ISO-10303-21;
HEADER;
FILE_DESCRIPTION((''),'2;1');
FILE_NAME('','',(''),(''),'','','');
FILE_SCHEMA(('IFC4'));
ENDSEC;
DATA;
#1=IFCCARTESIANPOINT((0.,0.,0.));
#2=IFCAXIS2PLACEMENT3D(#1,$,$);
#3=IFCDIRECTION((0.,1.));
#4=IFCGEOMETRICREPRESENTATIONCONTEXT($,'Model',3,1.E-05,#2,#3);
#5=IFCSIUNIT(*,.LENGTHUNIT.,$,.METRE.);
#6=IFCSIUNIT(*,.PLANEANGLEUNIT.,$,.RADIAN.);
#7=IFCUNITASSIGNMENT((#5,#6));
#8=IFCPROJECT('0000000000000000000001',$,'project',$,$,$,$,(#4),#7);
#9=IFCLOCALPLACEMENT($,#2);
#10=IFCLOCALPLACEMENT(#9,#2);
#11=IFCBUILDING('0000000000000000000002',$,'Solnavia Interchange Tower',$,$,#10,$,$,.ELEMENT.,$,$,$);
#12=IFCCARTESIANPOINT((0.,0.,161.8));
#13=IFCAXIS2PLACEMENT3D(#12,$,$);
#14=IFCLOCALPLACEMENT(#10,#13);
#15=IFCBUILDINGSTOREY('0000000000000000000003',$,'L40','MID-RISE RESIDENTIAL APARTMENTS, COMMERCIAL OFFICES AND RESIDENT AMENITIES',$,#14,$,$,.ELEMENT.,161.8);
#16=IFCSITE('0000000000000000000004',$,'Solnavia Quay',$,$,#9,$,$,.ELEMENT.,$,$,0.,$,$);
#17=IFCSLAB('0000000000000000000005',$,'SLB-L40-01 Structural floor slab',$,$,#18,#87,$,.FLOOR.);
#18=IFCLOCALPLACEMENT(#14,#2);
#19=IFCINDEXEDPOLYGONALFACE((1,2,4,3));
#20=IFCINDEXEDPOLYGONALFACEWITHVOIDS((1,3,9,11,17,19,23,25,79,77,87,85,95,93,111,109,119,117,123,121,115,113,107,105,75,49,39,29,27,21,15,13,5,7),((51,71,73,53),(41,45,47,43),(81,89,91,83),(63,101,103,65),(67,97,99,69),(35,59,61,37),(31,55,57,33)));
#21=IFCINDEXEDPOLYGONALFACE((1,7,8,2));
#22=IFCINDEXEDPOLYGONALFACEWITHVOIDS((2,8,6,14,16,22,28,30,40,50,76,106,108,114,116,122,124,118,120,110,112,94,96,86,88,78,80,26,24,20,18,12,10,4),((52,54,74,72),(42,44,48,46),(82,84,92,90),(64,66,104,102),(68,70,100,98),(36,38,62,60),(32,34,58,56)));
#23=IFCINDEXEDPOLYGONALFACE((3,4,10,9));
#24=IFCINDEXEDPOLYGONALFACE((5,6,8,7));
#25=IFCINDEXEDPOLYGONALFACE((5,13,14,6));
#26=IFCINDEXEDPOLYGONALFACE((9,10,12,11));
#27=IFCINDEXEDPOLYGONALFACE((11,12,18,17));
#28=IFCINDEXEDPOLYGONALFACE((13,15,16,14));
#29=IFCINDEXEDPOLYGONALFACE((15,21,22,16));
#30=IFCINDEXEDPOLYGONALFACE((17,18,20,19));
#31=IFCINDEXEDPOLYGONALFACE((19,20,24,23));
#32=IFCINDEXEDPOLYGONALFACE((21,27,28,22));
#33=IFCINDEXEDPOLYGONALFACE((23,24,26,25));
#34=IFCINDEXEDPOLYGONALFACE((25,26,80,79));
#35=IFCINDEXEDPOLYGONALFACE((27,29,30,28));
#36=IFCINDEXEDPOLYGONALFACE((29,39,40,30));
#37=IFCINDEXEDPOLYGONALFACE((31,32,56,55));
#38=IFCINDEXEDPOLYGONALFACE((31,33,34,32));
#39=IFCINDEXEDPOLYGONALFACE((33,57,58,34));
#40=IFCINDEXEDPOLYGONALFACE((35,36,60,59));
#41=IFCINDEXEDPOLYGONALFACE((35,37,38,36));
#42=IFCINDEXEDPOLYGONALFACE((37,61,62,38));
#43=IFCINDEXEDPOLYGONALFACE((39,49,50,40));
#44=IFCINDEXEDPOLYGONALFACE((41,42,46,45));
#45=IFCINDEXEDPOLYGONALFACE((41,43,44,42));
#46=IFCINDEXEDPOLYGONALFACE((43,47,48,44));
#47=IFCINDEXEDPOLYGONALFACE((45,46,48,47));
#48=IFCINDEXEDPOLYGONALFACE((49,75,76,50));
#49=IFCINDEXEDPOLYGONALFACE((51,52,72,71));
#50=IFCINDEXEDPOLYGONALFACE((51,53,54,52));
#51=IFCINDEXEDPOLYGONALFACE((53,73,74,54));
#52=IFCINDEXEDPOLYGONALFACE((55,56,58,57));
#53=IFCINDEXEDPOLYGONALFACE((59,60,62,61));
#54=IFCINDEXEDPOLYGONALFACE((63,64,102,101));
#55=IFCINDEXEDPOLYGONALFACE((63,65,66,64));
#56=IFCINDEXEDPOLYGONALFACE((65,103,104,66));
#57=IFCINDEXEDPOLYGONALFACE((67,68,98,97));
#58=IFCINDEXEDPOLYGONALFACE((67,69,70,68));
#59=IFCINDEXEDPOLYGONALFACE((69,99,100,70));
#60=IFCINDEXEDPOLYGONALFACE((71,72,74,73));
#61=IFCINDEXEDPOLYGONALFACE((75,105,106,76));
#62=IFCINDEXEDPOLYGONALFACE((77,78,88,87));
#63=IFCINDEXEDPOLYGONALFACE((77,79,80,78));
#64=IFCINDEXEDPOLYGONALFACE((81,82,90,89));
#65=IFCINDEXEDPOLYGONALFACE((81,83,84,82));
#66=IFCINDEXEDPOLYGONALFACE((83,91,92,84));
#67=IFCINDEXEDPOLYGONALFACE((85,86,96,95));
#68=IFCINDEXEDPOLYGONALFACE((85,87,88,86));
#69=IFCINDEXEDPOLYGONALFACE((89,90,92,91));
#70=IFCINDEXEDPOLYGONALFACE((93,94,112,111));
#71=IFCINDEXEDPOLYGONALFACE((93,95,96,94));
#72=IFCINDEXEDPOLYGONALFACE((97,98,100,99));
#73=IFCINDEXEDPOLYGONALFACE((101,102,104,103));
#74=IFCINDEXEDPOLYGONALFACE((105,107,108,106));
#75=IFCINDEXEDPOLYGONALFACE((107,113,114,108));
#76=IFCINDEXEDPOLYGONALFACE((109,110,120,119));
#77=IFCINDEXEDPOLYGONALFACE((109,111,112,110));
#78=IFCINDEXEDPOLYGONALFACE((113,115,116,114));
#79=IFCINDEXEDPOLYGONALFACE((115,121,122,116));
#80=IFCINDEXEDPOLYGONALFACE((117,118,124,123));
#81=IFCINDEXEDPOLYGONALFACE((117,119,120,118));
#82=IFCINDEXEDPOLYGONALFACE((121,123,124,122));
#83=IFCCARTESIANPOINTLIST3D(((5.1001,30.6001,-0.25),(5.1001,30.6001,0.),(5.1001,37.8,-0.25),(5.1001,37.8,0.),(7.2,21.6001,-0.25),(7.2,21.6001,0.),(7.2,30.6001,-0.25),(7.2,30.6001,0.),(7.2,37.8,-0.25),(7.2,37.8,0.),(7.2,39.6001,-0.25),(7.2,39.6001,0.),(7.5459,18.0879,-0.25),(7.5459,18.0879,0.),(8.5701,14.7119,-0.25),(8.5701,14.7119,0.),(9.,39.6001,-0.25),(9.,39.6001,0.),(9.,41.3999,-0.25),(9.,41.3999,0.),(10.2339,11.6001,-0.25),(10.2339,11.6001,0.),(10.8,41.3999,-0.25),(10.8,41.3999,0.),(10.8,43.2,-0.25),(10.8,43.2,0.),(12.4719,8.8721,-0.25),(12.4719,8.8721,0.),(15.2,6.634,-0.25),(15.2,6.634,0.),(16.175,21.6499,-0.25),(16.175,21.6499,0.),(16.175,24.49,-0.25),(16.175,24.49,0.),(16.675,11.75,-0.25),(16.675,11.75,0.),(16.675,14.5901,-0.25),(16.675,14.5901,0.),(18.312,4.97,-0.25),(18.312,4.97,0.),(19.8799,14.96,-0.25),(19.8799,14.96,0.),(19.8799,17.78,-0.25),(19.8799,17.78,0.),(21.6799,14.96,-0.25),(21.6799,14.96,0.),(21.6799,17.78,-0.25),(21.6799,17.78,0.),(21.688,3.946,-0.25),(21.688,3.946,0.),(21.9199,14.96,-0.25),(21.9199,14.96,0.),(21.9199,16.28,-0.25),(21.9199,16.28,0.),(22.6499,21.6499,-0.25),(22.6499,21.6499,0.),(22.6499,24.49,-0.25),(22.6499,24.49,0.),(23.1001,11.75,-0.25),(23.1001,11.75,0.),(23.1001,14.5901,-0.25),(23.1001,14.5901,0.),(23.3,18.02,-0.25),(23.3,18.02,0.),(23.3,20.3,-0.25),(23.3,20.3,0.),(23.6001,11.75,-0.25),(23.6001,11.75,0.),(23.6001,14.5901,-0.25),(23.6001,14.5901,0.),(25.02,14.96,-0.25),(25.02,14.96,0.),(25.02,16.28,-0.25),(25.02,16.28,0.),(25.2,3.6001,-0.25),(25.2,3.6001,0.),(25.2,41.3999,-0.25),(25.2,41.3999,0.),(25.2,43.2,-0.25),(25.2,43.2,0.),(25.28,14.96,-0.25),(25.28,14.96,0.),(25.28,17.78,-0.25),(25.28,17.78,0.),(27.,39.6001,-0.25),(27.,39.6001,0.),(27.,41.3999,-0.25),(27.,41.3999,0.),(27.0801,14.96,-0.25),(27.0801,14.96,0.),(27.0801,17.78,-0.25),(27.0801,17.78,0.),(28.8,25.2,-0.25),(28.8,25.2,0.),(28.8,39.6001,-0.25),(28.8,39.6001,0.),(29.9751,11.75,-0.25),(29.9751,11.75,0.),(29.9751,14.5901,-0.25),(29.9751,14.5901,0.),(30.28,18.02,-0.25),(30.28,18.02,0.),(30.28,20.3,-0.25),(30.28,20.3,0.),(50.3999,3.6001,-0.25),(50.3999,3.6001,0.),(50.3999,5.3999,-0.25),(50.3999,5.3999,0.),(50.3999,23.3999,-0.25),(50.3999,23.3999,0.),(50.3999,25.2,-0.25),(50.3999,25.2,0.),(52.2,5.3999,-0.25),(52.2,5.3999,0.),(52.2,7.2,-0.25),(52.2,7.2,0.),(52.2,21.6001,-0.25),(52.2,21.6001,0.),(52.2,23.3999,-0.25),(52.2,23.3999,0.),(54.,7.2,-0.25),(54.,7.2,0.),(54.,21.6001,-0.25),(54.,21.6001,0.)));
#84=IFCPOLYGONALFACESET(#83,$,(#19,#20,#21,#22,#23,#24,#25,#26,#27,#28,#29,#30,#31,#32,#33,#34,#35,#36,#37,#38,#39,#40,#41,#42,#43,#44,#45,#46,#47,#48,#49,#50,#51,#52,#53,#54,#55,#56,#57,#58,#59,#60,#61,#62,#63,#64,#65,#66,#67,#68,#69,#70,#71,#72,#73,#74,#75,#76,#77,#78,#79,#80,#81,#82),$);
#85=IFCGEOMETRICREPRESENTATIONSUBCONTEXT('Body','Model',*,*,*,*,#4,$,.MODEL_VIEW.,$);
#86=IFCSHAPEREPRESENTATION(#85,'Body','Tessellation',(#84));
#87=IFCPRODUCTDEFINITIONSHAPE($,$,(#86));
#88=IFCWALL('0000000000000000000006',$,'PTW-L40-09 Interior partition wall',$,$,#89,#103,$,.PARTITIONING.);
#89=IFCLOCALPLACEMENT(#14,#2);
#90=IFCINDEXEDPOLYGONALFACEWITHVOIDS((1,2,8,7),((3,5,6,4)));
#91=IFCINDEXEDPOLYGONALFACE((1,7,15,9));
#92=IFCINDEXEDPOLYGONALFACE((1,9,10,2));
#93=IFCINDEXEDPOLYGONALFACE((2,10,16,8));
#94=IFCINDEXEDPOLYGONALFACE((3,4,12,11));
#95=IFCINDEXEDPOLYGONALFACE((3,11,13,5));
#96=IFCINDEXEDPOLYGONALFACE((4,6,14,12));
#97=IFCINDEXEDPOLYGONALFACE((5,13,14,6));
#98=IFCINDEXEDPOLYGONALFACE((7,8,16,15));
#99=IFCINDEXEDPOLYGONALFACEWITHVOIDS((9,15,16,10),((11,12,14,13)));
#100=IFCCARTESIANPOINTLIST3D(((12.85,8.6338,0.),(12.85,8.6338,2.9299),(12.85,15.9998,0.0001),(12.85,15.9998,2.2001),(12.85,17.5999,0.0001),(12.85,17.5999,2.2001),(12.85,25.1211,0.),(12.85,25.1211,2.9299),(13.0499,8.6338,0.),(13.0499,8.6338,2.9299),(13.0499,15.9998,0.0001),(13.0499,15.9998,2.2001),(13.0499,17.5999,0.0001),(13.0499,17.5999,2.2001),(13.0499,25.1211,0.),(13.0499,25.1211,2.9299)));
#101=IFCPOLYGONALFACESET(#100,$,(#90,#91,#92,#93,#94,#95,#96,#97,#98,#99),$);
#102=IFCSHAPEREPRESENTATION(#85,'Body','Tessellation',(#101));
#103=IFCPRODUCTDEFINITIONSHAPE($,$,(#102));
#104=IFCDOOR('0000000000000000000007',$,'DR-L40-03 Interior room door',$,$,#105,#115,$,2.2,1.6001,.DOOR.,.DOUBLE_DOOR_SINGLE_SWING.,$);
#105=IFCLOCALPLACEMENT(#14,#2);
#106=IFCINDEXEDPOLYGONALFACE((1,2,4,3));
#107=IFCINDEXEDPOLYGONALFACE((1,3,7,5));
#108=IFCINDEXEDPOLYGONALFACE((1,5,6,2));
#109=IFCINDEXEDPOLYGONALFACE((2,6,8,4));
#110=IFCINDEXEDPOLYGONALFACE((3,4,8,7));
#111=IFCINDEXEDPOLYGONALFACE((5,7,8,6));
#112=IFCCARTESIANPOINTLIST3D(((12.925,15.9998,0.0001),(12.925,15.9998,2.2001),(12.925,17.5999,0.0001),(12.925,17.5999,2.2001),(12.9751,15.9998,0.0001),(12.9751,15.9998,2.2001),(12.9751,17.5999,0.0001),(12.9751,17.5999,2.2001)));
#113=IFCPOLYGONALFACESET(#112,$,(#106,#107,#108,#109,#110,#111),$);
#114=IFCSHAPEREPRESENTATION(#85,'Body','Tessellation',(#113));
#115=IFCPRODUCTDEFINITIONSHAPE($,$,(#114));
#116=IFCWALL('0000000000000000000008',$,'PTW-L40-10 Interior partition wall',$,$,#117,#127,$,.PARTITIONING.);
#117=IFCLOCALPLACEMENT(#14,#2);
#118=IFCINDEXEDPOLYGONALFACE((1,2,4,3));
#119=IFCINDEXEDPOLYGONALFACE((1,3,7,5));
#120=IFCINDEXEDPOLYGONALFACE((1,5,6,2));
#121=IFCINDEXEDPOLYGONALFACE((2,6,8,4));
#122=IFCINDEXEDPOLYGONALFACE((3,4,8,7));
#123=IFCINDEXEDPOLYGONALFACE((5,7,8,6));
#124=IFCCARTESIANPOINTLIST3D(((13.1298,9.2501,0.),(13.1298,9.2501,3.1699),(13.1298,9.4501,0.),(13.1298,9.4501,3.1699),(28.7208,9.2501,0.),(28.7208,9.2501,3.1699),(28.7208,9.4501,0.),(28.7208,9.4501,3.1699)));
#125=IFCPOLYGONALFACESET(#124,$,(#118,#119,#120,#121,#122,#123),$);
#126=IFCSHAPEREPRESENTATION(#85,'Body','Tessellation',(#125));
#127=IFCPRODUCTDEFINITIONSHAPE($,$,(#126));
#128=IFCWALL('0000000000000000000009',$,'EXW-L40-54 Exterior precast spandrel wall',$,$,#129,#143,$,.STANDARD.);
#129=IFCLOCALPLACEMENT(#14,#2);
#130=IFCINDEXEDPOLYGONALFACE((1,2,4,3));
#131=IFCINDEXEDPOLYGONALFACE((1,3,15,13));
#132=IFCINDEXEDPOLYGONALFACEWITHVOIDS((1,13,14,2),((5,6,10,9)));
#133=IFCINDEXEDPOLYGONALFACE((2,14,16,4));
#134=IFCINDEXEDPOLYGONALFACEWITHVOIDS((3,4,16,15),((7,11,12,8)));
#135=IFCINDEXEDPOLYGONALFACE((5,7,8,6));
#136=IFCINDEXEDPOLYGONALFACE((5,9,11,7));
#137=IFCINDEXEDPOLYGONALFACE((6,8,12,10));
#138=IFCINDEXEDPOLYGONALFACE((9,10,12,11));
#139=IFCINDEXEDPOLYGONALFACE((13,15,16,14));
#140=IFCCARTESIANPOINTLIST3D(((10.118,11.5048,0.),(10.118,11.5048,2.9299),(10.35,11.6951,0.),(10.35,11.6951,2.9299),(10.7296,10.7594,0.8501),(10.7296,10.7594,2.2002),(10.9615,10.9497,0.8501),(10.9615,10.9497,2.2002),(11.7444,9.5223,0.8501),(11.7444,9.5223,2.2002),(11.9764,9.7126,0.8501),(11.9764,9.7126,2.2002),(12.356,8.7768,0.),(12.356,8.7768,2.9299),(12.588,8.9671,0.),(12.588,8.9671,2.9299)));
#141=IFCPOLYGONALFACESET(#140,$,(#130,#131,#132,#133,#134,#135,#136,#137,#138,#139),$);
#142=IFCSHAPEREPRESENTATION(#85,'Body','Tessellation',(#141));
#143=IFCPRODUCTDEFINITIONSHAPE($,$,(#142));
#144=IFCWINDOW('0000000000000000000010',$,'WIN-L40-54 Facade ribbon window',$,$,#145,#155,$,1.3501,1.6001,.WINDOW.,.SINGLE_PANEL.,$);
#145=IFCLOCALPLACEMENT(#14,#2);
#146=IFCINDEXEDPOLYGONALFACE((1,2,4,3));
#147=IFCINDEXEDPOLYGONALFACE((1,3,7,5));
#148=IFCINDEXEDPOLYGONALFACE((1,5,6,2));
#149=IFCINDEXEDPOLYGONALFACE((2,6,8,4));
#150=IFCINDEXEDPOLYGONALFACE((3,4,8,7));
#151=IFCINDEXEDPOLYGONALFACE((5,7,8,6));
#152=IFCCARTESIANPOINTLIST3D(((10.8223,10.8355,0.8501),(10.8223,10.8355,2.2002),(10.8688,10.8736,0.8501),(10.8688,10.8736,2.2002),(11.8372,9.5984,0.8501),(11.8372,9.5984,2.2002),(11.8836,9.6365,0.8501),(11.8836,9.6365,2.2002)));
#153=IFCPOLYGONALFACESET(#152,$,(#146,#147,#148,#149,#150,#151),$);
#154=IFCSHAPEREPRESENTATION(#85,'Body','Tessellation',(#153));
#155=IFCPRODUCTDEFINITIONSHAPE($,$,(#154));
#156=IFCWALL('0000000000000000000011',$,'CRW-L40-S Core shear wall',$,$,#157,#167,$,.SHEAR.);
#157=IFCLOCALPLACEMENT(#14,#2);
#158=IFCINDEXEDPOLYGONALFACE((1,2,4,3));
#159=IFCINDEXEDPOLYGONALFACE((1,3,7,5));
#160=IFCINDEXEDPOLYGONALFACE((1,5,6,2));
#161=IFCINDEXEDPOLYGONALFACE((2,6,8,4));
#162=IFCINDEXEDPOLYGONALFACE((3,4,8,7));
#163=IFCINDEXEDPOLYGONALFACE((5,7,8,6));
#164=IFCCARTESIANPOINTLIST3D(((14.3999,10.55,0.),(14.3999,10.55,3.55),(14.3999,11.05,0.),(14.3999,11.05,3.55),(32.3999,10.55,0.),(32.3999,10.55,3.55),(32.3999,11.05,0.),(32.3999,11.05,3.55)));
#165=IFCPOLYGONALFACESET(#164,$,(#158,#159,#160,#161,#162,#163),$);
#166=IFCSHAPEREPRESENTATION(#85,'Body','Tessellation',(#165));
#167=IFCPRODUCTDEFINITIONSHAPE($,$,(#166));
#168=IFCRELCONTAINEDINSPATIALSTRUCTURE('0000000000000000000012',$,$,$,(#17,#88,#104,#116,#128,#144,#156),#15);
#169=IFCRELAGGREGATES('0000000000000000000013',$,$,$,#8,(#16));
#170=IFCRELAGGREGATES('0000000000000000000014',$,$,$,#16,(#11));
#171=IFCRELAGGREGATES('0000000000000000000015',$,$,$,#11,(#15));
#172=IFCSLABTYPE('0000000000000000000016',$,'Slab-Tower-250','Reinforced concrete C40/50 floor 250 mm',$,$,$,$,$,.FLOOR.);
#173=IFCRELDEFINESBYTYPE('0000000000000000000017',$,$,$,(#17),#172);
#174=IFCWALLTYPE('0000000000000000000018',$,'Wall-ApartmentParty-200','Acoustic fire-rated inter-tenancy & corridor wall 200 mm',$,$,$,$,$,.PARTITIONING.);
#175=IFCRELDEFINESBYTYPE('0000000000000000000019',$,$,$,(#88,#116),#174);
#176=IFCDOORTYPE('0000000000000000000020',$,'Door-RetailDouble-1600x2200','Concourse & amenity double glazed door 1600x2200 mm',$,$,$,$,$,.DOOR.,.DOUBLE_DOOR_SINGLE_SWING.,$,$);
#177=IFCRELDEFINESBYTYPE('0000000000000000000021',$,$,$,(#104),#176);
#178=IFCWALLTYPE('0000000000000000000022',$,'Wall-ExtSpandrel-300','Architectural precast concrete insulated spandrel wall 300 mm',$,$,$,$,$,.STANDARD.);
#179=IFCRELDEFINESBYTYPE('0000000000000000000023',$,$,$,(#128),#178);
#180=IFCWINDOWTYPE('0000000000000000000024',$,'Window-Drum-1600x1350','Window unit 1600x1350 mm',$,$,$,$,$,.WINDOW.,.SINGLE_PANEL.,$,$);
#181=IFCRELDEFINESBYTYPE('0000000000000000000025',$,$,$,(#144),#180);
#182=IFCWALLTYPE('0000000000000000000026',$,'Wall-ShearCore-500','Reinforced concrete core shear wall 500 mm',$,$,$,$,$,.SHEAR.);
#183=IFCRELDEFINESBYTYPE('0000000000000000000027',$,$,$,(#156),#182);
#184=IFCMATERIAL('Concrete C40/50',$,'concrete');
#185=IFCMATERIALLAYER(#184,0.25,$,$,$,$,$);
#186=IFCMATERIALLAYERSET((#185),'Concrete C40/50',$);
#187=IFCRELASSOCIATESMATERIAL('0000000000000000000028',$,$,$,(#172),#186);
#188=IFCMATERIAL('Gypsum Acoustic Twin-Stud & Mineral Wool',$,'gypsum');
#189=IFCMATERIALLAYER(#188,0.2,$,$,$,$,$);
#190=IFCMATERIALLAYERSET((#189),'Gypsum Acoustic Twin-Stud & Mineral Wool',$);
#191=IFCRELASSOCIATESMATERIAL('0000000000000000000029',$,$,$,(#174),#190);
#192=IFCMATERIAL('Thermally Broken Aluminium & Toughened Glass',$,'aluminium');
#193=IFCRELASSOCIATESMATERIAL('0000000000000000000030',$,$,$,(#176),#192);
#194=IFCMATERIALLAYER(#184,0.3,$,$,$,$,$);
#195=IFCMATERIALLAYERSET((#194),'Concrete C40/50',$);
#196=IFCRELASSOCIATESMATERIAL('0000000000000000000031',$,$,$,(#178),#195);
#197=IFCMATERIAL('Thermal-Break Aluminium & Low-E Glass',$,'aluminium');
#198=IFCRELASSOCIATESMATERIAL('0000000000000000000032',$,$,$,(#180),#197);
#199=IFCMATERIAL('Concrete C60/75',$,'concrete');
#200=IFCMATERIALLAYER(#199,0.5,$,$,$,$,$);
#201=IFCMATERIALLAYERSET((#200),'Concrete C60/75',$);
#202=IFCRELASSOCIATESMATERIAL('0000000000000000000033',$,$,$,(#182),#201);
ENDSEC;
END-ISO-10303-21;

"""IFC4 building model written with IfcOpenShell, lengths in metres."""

from ifc_helpers import new_model, si_unit, direction, frame, frame_2d, origin, place, context, subcontext, project, spatial, polyline, rectangle, outline, extrude, material, layer, layer_set, type_object, element, fill, save


model = new_model("IFC4")

# Units and contexts
model_context = context("Model", 3, precision=1e-05, world=origin(), true_north=direction((0.0, 1.0)))
body_context = subcontext(model_context, "Body", "Model", "MODEL_VIEW")
ifc_project = project(units=[si_unit("LENGTHUNIT", "METRE"), si_unit("PLANEANGLEUNIT", "RADIAN")], contexts=[model_context])

# Site, building, storey
site_placement = place(None, origin())
site = spatial("IfcSite", under=ifc_project, at=site_placement, Name="Solnavia Quay", CompositionType="ELEMENT", RefElevation=0.0)
building_placement = place(site_placement, origin())
building = spatial("IfcBuilding", under=site, at=building_placement, Name="Solnavia Interchange Tower", CompositionType="ELEMENT")
storey_placement = place(building_placement, frame((0.0, 0.0, 161.8)))
storey = spatial("IfcBuildingStorey", under=building, at=storey_placement, Name="L40", Description="MID-RISE RESIDENTIAL APARTMENTS, COMMERCIAL OFFICES AND RESIDENT AMENITIES", CompositionType="ELEMENT", Elevation=161.8)

# Shared definitions
ifc_material_1 = material(Name="Concrete C40/50", Category="concrete")

# Slab
ifc_layer_1 = layer(ifc_material_1, 0.25)
ifc_layer_set_1 = layer_set([ifc_layer_1], Name="Concrete C40/50")
slab_type_1 = type_object("IfcSlabType", Name="Slab-Tower-250", Description="Reinforced concrete C40/50 floor 250 mm", PredefinedType="FLOOR", material=ifc_layer_set_1)
slab_1_placement = place(storey_placement, frame((0.0, 0.0, -0.25)))
element("IfcSlab", 1, at=slab_1_placement, inside=storey, type_object=slab_type_1, Name="SLB-L40-01 Structural floor slab", PredefinedType="FLOOR", context=body_context, shape_type="SweptSolid", body=[
    extrude(outline(polyline([(25.2, 3.6001), (50.3999, 3.6001), (50.3999, 5.3999), (52.2, 5.3999), (52.2, 7.2), (54.0, 7.2), (54.0, 21.6001), (52.2, 21.6001), (52.2, 23.3999), (50.3999, 23.3999), (50.3999, 25.2), (28.8, 25.2), (28.8, 39.6001), (27.0, 39.6001), (27.0, 41.3999), (25.2, 41.3999), (25.2, 43.2), (10.8, 43.2), (10.8, 41.3999), (9.0, 41.3999), (9.0, 39.6001), (7.2, 39.6001), (7.2, 37.8), (5.1001, 37.8), (5.1001, 30.6001), (7.2, 30.6001), (7.2, 21.6001), (7.5459, 18.0879), (8.5701, 14.7119), (10.2339, 11.6001), (12.4719, 8.8721), (15.2, 6.634), (18.312, 4.97), (21.688, 3.946), (25.2, 3.6001)]), holes=[polyline([(16.675, 11.75), (23.1001, 11.75), (23.1001, 14.5901), (16.675, 14.5901), (16.675, 11.75)]), polyline([(23.6001, 11.75), (29.9751, 11.75), (29.9751, 14.5901), (23.6001, 14.5901), (23.6001, 11.75)]), polyline([(16.175, 21.6499), (22.6499, 21.6499), (22.6499, 24.49), (16.175, 24.49), (16.175, 21.6499)]), polyline([(19.8799, 14.96), (21.6799, 14.96), (21.6799, 17.78), (19.8799, 17.78), (19.8799, 14.96)]), polyline([(25.28, 14.96), (27.0801, 14.96), (27.0801, 17.78), (25.28, 17.78), (25.28, 14.96)]), polyline([(21.9199, 14.96), (25.02, 14.96), (25.02, 16.28), (21.9199, 16.28), (21.9199, 14.96)]), polyline([(23.3, 18.02), (30.28, 18.02), (30.28, 20.3), (23.3, 20.3), (23.3, 18.02)])]), origin(), (0.0, 0.0, 1.0), 0.25),
])

# Wall, opening, door
ifc_material_2 = material(Name="Gypsum Acoustic Twin-Stud & Mineral Wool", Category="gypsum")
ifc_layer_2 = layer(ifc_material_2, 0.2)
ifc_layer_set_2 = layer_set([ifc_layer_2], Name="Gypsum Acoustic Twin-Stud & Mineral Wool")
wall_type_1 = type_object("IfcWallType", Name="Wall-ApartmentParty-200", Description="Acoustic fire-rated inter-tenancy & corridor wall 200 mm", PredefinedType="PARTITIONING", material=ifc_layer_set_2)
wall_1_placement = place(storey_placement, frame((12.95, 8.6338, 0.0), z_axis=(0.0, 0.0, 1.0), x_axis=(0.0, 1.0, 0.0)))
wall_1 = element("IfcWall", 2, at=wall_1_placement, inside=storey, type_object=wall_type_1, Name="PTW-L40-09 Interior partition wall", PredefinedType="PARTITIONING", context=body_context, shape_type="SweptSolid", body=[
    extrude(rectangle(XDim=16.4873, YDim=0.2, at=frame_2d((8.2437, 0.0))), origin(), (0.0, 0.0, 1.0), 2.9299),
])
opening_1_placement = place(wall_1_placement, frame((7.366, 0.0, 0.0)))
opening_1 = element("IfcOpeningElement", 3, at=opening_1_placement, cuts=wall_1, PredefinedType="OPENING", context=body_context, shape_type="SweptSolid", body=[
    extrude(rectangle(XDim=1.6001, YDim=2.2, at=frame_2d((0.8, 1.1001))), frame((0.0, 0.1099, 0.0), z_axis=(0.0, -1.0, 0.0), x_axis=(1.0, 0.0, 0.0)), (0.0, 0.0, 1.0), 0.22),
])
ifc_material_3 = material(Name="Thermally Broken Aluminium & Toughened Glass", Category="aluminium")
door_type_1 = type_object("IfcDoorType", Name="Door-RetailDouble-1600x2200", Description="Concourse & amenity double glazed door 1600x2200 mm", OperationType="DOUBLE_DOOR_SINGLE_SWING", PredefinedType="DOOR", material=ifc_material_3)
door_1_placement = place(opening_1_placement, origin())
door_1 = element("IfcDoor", 4, at=door_1_placement, inside=storey, type_object=door_type_1, Name="DR-L40-03 Interior room door", OperationType="DOUBLE_DOOR_SINGLE_SWING", OverallHeight=2.2, OverallWidth=1.6001, PredefinedType="DOOR", context=body_context, shape_type="SweptSolid", body=[
    extrude(rectangle(XDim=1.6001, YDim=2.2, at=frame_2d((0.8, 1.1001))), frame((0.0, 0.0249, 0.0), z_axis=(0.0, -1.0, 0.0), x_axis=(1.0, 0.0, 0.0)), (0.0, 0.0, 1.0), 0.05),
])
fill(opening_1, door_1)

# Wall
wall_2_placement = place(storey_placement, frame((13.1299, 9.3501, 0.0), z_axis=(0.0, 0.0, 1.0), x_axis=(1.0, 0.0, 0.0)))
element("IfcWall", 5, at=wall_2_placement, inside=storey, type_object=wall_type_1, Name="PTW-L40-10 Interior partition wall", PredefinedType="PARTITIONING", context=body_context, shape_type="SweptSolid", body=[
    extrude(rectangle(XDim=15.5911, YDim=0.2, at=frame_2d((7.7954, 0.0))), origin(), (0.0, 0.0, 1.0), 3.1699),
])

# Wall, opening, window
ifc_layer_3 = layer(ifc_material_1, 0.3)
ifc_layer_set_3 = layer_set([ifc_layer_3], Name="Concrete C40/50")
wall_type_2 = type_object("IfcWallType", Name="Wall-ExtSpandrel-300", Description="Architectural precast concrete insulated spandrel wall 300 mm", PredefinedType="STANDARD", material=ifc_layer_set_3)
wall_3_placement = place(storey_placement, frame((12.4719, 8.8721, 0.0), z_axis=(0.0, 0.0, 1.0), x_axis=(-0.634258, 0.773121, 0.0)))
wall_3 = element("IfcWall", 6, at=wall_3_placement, inside=storey, type_object=wall_type_2, Name="EXW-L40-54 Exterior precast spandrel wall", PredefinedType="STANDARD", context=body_context, shape_type="SweptSolid", body=[
    extrude(rectangle(XDim=3.5286, YDim=0.3, at=frame_2d((1.7642, 0.0))), origin(), (0.0, 0.0, 1.0), 2.9299),
])
opening_2_placement = place(wall_3_placement, frame((0.9641, 0.0, 0.8501)))
opening_2 = element("IfcOpeningElement", 7, at=opening_2_placement, cuts=wall_3, PredefinedType="OPENING", context=body_context, shape_type="SweptSolid", body=[
    extrude(rectangle(XDim=1.6001, YDim=1.3501, at=frame_2d((0.8, 0.675))), frame((0.0, 0.1602, 0.0), z_axis=(0.0, -1.0, 0.0), x_axis=(1.0, 0.0, 0.0)), (0.0, 0.0, 1.0), 0.3201),
])
ifc_material_4 = material(Name="Thermal-Break Aluminium & Low-E Glass", Category="aluminium")
window_type = type_object("IfcWindowType", Name="Window-Drum-1600x1350", Description="Window unit 1600x1350 mm", PartitioningType="SINGLE_PANEL", PredefinedType="WINDOW", material=ifc_material_4)
window_placement = place(opening_2_placement, origin())
window = element("IfcWindow", 8, at=window_placement, inside=storey, type_object=window_type, Name="WIN-L40-54 Facade ribbon window", OverallHeight=1.3501, OverallWidth=1.6001, PartitioningType="SINGLE_PANEL", PredefinedType="WINDOW", context=body_context, shape_type="SweptSolid", body=[
    extrude(rectangle(XDim=1.6001, YDim=1.3501, at=frame_2d((0.8, 0.675))), frame((0.0, 0.03, 0.0), z_axis=(0.0, -1.0, 0.0), x_axis=(1.0, 0.0, 0.0)), (0.0, 0.0, 1.0), 0.0601),
])
fill(opening_2, window)

# Wall
ifc_material_5 = material(Name="Concrete C60/75", Category="concrete")
ifc_layer_4 = layer(ifc_material_5, 0.5)
ifc_layer_set_4 = layer_set([ifc_layer_4], Name="Concrete C60/75")
wall_type_3 = type_object("IfcWallType", Name="Wall-ShearCore-500", Description="Reinforced concrete core shear wall 500 mm", PredefinedType="SHEAR", material=ifc_layer_set_4)
wall_4_placement = place(storey_placement, frame((14.3999, 10.8, 0.0), z_axis=(0.0, 0.0, 1.0), x_axis=(1.0, 0.0, 0.0)))
element("IfcWall", 9, at=wall_4_placement, inside=storey, type_object=wall_type_3, Name="CRW-L40-S Core shear wall", PredefinedType="SHEAR", context=body_context, shape_type="SweptSolid", body=[
    extrude(rectangle(XDim=18.0, YDim=0.5, at=frame_2d((9.0, 0.0))), origin(), (0.0, 0.0, 1.0), 3.55),
])

save(model, "model.ifc")
